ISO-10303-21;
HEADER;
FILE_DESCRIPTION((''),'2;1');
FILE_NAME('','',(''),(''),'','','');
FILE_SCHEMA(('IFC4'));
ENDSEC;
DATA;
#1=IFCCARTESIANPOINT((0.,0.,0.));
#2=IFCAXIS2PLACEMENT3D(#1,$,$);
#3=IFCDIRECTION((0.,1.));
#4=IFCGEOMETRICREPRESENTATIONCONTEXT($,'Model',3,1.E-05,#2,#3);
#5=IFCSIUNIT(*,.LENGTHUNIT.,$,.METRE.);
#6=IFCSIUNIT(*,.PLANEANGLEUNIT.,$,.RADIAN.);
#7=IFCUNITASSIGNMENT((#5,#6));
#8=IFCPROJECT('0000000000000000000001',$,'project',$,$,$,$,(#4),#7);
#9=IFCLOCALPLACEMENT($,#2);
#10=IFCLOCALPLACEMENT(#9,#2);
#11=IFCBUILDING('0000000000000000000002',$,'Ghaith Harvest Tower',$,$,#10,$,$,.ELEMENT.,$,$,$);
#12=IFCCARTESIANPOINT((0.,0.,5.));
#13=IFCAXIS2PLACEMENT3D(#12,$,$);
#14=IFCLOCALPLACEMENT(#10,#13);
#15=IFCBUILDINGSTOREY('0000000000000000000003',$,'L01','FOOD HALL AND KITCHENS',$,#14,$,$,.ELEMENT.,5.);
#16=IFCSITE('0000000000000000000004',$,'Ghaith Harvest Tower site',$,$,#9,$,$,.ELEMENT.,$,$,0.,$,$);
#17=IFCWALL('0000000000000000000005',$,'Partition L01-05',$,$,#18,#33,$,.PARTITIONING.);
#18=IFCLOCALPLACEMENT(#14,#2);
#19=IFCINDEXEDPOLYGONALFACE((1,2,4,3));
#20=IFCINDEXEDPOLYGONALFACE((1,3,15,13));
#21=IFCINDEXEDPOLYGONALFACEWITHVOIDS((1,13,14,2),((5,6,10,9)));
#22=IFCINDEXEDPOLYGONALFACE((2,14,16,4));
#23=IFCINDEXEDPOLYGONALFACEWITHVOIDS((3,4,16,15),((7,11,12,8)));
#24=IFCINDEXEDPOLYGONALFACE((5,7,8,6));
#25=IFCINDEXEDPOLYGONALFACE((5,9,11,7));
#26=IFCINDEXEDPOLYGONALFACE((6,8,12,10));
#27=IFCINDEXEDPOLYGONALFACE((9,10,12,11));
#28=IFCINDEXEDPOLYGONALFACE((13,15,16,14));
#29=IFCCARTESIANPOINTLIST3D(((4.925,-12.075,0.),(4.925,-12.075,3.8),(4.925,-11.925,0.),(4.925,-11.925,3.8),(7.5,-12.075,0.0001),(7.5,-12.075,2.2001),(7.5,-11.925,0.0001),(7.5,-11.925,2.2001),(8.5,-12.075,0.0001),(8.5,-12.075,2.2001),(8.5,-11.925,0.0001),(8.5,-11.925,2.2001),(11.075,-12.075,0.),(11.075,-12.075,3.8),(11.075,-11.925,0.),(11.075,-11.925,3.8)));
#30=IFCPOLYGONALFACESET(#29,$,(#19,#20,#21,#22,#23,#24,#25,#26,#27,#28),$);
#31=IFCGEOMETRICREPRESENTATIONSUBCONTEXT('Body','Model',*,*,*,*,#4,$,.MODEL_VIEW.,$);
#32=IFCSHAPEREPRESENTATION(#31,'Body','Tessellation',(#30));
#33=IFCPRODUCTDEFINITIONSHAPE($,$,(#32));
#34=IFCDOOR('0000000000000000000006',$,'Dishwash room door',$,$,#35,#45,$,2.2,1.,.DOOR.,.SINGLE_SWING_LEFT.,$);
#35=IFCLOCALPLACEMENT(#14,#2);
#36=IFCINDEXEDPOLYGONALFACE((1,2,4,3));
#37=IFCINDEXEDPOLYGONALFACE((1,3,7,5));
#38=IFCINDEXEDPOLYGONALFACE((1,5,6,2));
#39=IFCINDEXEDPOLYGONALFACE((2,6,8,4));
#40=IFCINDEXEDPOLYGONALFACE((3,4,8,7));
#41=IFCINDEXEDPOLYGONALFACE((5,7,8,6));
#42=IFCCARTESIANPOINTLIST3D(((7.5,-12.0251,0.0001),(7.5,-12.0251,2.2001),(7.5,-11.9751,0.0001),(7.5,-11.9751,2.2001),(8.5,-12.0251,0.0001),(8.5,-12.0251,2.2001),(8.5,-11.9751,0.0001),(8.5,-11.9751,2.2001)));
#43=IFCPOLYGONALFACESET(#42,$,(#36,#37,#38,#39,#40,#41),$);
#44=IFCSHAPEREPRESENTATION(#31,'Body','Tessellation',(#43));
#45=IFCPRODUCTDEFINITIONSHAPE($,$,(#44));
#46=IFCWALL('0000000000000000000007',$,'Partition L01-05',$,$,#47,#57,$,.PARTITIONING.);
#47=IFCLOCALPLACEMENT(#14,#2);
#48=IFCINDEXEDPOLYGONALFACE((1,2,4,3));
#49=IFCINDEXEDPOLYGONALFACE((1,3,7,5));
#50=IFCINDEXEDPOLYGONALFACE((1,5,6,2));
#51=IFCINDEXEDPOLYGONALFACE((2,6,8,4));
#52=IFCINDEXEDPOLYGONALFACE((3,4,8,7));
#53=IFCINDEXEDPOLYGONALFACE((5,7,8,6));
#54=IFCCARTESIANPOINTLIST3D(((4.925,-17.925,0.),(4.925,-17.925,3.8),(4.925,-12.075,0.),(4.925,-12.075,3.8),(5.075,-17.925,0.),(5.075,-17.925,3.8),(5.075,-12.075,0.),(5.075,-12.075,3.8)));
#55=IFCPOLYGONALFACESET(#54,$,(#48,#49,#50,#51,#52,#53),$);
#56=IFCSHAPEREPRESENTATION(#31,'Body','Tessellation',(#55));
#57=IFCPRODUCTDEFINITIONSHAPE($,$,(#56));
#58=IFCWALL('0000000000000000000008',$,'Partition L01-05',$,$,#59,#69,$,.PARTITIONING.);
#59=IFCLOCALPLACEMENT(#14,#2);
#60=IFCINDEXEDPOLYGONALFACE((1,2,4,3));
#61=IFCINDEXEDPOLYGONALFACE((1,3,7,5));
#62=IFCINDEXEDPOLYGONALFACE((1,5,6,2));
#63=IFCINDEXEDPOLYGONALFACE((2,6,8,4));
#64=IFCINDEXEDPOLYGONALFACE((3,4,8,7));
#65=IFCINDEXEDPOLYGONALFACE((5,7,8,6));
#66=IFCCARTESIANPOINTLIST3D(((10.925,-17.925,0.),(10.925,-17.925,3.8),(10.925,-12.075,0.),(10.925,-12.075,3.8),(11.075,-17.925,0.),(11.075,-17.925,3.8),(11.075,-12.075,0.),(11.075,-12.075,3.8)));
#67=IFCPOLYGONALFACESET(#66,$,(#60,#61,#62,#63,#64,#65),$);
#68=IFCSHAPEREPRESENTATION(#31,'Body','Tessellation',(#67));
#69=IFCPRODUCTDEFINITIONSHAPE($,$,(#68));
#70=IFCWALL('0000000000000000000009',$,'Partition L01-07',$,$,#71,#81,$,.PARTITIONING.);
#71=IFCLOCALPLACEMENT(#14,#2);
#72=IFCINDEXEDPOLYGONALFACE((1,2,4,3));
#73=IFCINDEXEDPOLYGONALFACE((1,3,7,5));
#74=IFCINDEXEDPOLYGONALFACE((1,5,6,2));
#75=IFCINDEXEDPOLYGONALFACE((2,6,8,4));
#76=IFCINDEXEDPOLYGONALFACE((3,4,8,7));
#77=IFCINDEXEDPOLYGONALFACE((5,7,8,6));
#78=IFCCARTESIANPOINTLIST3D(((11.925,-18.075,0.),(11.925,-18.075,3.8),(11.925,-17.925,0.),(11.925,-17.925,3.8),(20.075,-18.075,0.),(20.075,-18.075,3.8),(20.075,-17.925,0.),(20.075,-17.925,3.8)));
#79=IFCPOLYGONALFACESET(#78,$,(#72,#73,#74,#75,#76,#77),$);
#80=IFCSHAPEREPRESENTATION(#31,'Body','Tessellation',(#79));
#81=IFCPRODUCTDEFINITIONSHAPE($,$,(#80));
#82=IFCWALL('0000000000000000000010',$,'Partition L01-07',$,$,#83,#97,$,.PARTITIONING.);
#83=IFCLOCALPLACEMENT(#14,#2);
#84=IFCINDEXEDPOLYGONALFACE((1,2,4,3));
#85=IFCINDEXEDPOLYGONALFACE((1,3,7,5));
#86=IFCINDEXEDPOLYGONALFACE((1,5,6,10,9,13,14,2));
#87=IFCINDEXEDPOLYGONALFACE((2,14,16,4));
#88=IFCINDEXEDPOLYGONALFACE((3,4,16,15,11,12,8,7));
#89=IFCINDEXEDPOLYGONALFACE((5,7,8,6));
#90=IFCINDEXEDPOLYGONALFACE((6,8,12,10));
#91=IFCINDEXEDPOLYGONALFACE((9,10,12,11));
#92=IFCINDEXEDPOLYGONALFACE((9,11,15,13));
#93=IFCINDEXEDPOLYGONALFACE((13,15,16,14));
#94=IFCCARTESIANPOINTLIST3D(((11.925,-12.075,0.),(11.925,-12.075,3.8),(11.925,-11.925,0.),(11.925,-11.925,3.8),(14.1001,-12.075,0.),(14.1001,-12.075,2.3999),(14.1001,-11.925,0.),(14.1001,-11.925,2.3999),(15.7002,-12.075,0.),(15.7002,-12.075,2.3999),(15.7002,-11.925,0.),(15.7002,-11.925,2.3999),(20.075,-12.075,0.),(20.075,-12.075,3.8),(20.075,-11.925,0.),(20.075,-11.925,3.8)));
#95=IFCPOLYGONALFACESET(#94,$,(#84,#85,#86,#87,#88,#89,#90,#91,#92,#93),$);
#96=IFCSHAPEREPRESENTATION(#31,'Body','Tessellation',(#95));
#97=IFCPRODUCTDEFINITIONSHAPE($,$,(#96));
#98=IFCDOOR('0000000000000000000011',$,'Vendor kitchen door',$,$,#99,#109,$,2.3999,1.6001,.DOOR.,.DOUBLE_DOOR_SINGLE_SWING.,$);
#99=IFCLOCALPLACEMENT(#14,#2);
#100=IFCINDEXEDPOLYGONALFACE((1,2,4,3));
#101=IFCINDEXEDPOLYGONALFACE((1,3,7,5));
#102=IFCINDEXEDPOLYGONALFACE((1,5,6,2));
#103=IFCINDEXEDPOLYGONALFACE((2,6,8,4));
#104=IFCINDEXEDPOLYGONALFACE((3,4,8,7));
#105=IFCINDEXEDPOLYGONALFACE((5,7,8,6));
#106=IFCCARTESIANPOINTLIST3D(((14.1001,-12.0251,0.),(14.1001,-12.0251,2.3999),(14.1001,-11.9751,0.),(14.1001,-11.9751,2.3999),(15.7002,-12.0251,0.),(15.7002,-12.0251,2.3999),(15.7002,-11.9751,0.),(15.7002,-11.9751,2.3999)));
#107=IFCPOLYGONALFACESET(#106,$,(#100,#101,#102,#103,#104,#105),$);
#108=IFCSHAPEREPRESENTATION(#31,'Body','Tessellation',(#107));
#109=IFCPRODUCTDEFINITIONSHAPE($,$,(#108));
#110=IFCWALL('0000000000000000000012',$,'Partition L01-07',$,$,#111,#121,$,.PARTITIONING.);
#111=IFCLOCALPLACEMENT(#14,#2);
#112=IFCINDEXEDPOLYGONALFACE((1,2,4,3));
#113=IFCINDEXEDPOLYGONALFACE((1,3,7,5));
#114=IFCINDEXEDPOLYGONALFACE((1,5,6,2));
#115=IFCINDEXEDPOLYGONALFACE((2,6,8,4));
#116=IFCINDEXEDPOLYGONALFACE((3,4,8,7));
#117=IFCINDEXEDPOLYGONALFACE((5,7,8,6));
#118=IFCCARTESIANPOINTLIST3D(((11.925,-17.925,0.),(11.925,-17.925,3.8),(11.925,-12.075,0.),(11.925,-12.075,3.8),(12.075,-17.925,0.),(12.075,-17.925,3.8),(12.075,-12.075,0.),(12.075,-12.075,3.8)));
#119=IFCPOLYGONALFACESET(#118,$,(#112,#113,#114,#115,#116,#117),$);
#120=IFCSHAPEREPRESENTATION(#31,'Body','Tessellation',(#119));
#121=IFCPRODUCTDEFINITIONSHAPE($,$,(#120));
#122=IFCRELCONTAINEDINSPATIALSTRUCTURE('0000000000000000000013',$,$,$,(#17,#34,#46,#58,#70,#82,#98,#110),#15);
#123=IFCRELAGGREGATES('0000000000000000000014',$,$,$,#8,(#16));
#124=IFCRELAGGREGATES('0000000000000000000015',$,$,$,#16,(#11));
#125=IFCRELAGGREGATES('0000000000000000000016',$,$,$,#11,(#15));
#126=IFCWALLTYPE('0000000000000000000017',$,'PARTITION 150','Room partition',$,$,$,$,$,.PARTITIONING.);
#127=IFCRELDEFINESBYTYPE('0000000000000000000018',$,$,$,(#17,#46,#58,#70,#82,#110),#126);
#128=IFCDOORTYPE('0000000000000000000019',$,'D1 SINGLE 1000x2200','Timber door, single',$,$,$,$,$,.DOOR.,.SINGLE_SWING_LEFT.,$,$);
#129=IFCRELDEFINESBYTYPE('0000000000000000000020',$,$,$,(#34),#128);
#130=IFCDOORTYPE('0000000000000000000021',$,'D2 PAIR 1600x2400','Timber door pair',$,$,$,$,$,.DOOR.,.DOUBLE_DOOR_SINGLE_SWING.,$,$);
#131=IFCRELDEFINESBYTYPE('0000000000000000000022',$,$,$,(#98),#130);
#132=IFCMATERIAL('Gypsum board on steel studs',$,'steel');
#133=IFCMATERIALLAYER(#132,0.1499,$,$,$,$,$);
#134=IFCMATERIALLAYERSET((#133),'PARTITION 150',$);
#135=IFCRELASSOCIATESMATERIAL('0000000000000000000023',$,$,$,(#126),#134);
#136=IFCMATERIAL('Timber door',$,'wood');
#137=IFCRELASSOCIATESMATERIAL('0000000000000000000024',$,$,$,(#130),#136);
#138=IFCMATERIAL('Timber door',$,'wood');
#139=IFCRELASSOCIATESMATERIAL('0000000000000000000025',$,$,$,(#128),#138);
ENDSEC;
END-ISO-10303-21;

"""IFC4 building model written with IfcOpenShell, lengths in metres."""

from ifc_helpers import new_model, si_unit, direction, frame, frame_2d, origin, place, context, subcontext, project, spatial, rectangle, extrude, material, layer, layer_set, type_object, element, fill, save


model = new_model("IFC4")

# Units and contexts
model_context = context("Model", 3, precision=1e-05, world=origin(), true_north=direction((0.0, 1.0)))
body_context = subcontext(model_context, "Body", "Model", "MODEL_VIEW")
ifc_project = project(units=[si_unit("LENGTHUNIT", "METRE"), si_unit("PLANEANGLEUNIT", "RADIAN")], contexts=[model_context])

# Site, building, storey
site_placement = place(None, origin())
site = spatial("IfcSite", under=ifc_project, at=site_placement, Name="Ghaith Harvest Tower site", CompositionType="ELEMENT", RefElevation=0.0)
building_placement = place(site_placement, origin())
building = spatial("IfcBuilding", under=site, at=building_placement, Name="Ghaith Harvest Tower", CompositionType="ELEMENT")
storey_placement = place(building_placement, frame((0.0, 0.0, 5.0)))
storey = spatial("IfcBuildingStorey", under=building, at=storey_placement, Name="L01", Description="FOOD HALL AND KITCHENS", CompositionType="ELEMENT", Elevation=5.0)

# Shared definitions
ifc_material_1 = material(Name="Gypsum board on steel studs", Category="steel")
ifc_layer = layer(ifc_material_1, 0.1499)
ifc_layer_set = layer_set([ifc_layer], Name="PARTITION 150")
wall_type = type_object("IfcWallType", Name="PARTITION 150", Description="Room partition", PredefinedType="PARTITIONING", material=ifc_layer_set)
ifc_material_2 = material(Name="Timber door", Category="wood")
door_type_1 = type_object("IfcDoorType", Name="D2 PAIR 1600x2400", Description="Timber door pair", OperationType="DOUBLE_DOOR_SINGLE_SWING", PredefinedType="DOOR", material=ifc_material_2)

# Wall, opening, door
wall_1_placement = place(storey_placement, frame((4.925, -12.0, 0.0), z_axis=(0.0, 0.0, 1.0), x_axis=(1.0, 0.0, 0.0)))
wall_1 = element("IfcWall", 1, at=wall_1_placement, inside=storey, type_object=wall_type, Name="Partition L01-05", PredefinedType="PARTITIONING", context=body_context, shape_type="SweptSolid", body=[
    extrude(rectangle(XDim=6.1499, YDim=0.1499, at=frame_2d((3.075, 0.0))), origin(), (0.0, 0.0, 1.0), 3.8),
])
opening_1_placement = place(wall_1_placement, frame((2.575, 0.0, 0.0)))
opening_1 = element("IfcOpeningElement", 2, at=opening_1_placement, cuts=wall_1, PredefinedType="OPENING", context=body_context, shape_type="SweptSolid", body=[
    extrude(rectangle(XDim=1.0, YDim=2.2, at=frame_2d((0.5, 1.1001))), frame((0.0, 0.085, 0.0), z_axis=(0.0, -1.0, 0.0), x_axis=(1.0, 0.0, 0.0)), (0.0, 0.0, 1.0), 0.1699),
])
ifc_material_3 = material(Name="Timber door", Category="wood")
door_type_2 = type_object("IfcDoorType", Name="D1 SINGLE 1000x2200", Description="Timber door, single", OperationType="SINGLE_SWING_LEFT", PredefinedType="DOOR", material=ifc_material_3)
door_1_placement = place(opening_1_placement, origin())
door_1 = element("IfcDoor", 3, at=door_1_placement, inside=storey, type_object=door_type_2, Name="Dishwash room door", OperationType="SINGLE_SWING_LEFT", OverallHeight=2.2, OverallWidth=1.0, PredefinedType="DOOR", context=body_context, shape_type="SweptSolid", body=[
    extrude(rectangle(XDim=1.0, YDim=2.2, at=frame_2d((0.5, 1.1001))), frame((0.0, 0.0249, 0.0), z_axis=(0.0, -1.0, 0.0), x_axis=(1.0, 0.0, 0.0)), (0.0, 0.0, 1.0), 0.05),
])
fill(opening_1, door_1)

# Walls
for number, where, z_axis, x_axis, name in (
    (4, (5.0, -17.925, 0.0), (0.0, 0.0, 1.0), (0.0, 1.0, 0.0), "Partition L01-05"),
    (5, (11.0, -17.925, 0.0), (0.0, 0.0, 1.0), (0.0, 1.0, 0.0), "Partition L01-05"),
):
    element("IfcWall", number, at=place(storey_placement, frame(where, z_axis=z_axis, x_axis=x_axis)), inside=storey, type_object=wall_type, Name=name, PredefinedType="PARTITIONING", context=body_context, shape_type="SweptSolid", body=[
        extrude(rectangle(XDim=5.8501, YDim=0.1499, at=frame_2d((2.925, 0.0))), origin(), (0.0, 0.0, 1.0), 3.8),
    ])
wall_2_placement = place(storey_placement, frame((11.925, -18.0, 0.0), z_axis=(0.0, 0.0, 1.0), x_axis=(1.0, 0.0, 0.0)))
element("IfcWall", 6, at=wall_2_placement, inside=storey, type_object=wall_type, Name="Partition L01-07", PredefinedType="PARTITIONING", context=body_context, shape_type="SweptSolid", body=[
    extrude(rectangle(XDim=8.1499, YDim=0.1499, at=frame_2d((4.075, 0.0))), origin(), (0.0, 0.0, 1.0), 3.8),
])

# Wall, opening, door
wall_3_placement = place(storey_placement, frame((11.925, -12.0, 0.0), z_axis=(0.0, 0.0, 1.0), x_axis=(1.0, 0.0, 0.0)))
wall_3 = element("IfcWall", 7, at=wall_3_placement, inside=storey, type_object=wall_type, Name="Partition L01-07", PredefinedType="PARTITIONING", context=body_context, shape_type="SweptSolid", body=[
    extrude(rectangle(XDim=8.1499, YDim=0.1499, at=frame_2d((4.075, 0.0))), origin(), (0.0, 0.0, 1.0), 3.8),
])
opening_2_placement = place(wall_3_placement, frame((2.175, 0.0, 0.0)))
opening_2 = element("IfcOpeningElement", 8, at=opening_2_placement, cuts=wall_3, PredefinedType="OPENING", context=body_context, shape_type="SweptSolid", body=[
    extrude(rectangle(XDim=1.6001, YDim=2.3999, at=frame_2d((0.8, 1.2))), frame((0.0, 0.085, 0.0), z_axis=(0.0, -1.0, 0.0), x_axis=(1.0, 0.0, 0.0)), (0.0, 0.0, 1.0), 0.1699),
])
door_2_placement = place(opening_2_placement, origin())
door_2 = element("IfcDoor", 9, at=door_2_placement, inside=storey, type_object=door_type_1, Name="Vendor kitchen door", OperationType="DOUBLE_DOOR_SINGLE_SWING", OverallHeight=2.3999, OverallWidth=1.6001, PredefinedType="DOOR", context=body_context, shape_type="SweptSolid", body=[
    extrude(rectangle(XDim=1.6001, YDim=2.3999, at=frame_2d((0.8, 1.2))), frame((0.0, 0.0249, 0.0), z_axis=(0.0, -1.0, 0.0), x_axis=(1.0, 0.0, 0.0)), (0.0, 0.0, 1.0), 0.05),
])
fill(opening_2, door_2)

# Wall
wall_4_placement = place(storey_placement, frame((12.0, -17.925, 0.0), z_axis=(0.0, 0.0, 1.0), x_axis=(0.0, 1.0, 0.0)))
element("IfcWall", 10, at=wall_4_placement, inside=storey, type_object=wall_type, Name="Partition L01-07", PredefinedType="PARTITIONING", context=body_context, shape_type="SweptSolid", body=[
    extrude(rectangle(XDim=5.8501, YDim=0.1499, at=frame_2d((2.925, 0.0))), origin(), (0.0, 0.0, 1.0), 3.8),
])

save(model, "model.ifc")
